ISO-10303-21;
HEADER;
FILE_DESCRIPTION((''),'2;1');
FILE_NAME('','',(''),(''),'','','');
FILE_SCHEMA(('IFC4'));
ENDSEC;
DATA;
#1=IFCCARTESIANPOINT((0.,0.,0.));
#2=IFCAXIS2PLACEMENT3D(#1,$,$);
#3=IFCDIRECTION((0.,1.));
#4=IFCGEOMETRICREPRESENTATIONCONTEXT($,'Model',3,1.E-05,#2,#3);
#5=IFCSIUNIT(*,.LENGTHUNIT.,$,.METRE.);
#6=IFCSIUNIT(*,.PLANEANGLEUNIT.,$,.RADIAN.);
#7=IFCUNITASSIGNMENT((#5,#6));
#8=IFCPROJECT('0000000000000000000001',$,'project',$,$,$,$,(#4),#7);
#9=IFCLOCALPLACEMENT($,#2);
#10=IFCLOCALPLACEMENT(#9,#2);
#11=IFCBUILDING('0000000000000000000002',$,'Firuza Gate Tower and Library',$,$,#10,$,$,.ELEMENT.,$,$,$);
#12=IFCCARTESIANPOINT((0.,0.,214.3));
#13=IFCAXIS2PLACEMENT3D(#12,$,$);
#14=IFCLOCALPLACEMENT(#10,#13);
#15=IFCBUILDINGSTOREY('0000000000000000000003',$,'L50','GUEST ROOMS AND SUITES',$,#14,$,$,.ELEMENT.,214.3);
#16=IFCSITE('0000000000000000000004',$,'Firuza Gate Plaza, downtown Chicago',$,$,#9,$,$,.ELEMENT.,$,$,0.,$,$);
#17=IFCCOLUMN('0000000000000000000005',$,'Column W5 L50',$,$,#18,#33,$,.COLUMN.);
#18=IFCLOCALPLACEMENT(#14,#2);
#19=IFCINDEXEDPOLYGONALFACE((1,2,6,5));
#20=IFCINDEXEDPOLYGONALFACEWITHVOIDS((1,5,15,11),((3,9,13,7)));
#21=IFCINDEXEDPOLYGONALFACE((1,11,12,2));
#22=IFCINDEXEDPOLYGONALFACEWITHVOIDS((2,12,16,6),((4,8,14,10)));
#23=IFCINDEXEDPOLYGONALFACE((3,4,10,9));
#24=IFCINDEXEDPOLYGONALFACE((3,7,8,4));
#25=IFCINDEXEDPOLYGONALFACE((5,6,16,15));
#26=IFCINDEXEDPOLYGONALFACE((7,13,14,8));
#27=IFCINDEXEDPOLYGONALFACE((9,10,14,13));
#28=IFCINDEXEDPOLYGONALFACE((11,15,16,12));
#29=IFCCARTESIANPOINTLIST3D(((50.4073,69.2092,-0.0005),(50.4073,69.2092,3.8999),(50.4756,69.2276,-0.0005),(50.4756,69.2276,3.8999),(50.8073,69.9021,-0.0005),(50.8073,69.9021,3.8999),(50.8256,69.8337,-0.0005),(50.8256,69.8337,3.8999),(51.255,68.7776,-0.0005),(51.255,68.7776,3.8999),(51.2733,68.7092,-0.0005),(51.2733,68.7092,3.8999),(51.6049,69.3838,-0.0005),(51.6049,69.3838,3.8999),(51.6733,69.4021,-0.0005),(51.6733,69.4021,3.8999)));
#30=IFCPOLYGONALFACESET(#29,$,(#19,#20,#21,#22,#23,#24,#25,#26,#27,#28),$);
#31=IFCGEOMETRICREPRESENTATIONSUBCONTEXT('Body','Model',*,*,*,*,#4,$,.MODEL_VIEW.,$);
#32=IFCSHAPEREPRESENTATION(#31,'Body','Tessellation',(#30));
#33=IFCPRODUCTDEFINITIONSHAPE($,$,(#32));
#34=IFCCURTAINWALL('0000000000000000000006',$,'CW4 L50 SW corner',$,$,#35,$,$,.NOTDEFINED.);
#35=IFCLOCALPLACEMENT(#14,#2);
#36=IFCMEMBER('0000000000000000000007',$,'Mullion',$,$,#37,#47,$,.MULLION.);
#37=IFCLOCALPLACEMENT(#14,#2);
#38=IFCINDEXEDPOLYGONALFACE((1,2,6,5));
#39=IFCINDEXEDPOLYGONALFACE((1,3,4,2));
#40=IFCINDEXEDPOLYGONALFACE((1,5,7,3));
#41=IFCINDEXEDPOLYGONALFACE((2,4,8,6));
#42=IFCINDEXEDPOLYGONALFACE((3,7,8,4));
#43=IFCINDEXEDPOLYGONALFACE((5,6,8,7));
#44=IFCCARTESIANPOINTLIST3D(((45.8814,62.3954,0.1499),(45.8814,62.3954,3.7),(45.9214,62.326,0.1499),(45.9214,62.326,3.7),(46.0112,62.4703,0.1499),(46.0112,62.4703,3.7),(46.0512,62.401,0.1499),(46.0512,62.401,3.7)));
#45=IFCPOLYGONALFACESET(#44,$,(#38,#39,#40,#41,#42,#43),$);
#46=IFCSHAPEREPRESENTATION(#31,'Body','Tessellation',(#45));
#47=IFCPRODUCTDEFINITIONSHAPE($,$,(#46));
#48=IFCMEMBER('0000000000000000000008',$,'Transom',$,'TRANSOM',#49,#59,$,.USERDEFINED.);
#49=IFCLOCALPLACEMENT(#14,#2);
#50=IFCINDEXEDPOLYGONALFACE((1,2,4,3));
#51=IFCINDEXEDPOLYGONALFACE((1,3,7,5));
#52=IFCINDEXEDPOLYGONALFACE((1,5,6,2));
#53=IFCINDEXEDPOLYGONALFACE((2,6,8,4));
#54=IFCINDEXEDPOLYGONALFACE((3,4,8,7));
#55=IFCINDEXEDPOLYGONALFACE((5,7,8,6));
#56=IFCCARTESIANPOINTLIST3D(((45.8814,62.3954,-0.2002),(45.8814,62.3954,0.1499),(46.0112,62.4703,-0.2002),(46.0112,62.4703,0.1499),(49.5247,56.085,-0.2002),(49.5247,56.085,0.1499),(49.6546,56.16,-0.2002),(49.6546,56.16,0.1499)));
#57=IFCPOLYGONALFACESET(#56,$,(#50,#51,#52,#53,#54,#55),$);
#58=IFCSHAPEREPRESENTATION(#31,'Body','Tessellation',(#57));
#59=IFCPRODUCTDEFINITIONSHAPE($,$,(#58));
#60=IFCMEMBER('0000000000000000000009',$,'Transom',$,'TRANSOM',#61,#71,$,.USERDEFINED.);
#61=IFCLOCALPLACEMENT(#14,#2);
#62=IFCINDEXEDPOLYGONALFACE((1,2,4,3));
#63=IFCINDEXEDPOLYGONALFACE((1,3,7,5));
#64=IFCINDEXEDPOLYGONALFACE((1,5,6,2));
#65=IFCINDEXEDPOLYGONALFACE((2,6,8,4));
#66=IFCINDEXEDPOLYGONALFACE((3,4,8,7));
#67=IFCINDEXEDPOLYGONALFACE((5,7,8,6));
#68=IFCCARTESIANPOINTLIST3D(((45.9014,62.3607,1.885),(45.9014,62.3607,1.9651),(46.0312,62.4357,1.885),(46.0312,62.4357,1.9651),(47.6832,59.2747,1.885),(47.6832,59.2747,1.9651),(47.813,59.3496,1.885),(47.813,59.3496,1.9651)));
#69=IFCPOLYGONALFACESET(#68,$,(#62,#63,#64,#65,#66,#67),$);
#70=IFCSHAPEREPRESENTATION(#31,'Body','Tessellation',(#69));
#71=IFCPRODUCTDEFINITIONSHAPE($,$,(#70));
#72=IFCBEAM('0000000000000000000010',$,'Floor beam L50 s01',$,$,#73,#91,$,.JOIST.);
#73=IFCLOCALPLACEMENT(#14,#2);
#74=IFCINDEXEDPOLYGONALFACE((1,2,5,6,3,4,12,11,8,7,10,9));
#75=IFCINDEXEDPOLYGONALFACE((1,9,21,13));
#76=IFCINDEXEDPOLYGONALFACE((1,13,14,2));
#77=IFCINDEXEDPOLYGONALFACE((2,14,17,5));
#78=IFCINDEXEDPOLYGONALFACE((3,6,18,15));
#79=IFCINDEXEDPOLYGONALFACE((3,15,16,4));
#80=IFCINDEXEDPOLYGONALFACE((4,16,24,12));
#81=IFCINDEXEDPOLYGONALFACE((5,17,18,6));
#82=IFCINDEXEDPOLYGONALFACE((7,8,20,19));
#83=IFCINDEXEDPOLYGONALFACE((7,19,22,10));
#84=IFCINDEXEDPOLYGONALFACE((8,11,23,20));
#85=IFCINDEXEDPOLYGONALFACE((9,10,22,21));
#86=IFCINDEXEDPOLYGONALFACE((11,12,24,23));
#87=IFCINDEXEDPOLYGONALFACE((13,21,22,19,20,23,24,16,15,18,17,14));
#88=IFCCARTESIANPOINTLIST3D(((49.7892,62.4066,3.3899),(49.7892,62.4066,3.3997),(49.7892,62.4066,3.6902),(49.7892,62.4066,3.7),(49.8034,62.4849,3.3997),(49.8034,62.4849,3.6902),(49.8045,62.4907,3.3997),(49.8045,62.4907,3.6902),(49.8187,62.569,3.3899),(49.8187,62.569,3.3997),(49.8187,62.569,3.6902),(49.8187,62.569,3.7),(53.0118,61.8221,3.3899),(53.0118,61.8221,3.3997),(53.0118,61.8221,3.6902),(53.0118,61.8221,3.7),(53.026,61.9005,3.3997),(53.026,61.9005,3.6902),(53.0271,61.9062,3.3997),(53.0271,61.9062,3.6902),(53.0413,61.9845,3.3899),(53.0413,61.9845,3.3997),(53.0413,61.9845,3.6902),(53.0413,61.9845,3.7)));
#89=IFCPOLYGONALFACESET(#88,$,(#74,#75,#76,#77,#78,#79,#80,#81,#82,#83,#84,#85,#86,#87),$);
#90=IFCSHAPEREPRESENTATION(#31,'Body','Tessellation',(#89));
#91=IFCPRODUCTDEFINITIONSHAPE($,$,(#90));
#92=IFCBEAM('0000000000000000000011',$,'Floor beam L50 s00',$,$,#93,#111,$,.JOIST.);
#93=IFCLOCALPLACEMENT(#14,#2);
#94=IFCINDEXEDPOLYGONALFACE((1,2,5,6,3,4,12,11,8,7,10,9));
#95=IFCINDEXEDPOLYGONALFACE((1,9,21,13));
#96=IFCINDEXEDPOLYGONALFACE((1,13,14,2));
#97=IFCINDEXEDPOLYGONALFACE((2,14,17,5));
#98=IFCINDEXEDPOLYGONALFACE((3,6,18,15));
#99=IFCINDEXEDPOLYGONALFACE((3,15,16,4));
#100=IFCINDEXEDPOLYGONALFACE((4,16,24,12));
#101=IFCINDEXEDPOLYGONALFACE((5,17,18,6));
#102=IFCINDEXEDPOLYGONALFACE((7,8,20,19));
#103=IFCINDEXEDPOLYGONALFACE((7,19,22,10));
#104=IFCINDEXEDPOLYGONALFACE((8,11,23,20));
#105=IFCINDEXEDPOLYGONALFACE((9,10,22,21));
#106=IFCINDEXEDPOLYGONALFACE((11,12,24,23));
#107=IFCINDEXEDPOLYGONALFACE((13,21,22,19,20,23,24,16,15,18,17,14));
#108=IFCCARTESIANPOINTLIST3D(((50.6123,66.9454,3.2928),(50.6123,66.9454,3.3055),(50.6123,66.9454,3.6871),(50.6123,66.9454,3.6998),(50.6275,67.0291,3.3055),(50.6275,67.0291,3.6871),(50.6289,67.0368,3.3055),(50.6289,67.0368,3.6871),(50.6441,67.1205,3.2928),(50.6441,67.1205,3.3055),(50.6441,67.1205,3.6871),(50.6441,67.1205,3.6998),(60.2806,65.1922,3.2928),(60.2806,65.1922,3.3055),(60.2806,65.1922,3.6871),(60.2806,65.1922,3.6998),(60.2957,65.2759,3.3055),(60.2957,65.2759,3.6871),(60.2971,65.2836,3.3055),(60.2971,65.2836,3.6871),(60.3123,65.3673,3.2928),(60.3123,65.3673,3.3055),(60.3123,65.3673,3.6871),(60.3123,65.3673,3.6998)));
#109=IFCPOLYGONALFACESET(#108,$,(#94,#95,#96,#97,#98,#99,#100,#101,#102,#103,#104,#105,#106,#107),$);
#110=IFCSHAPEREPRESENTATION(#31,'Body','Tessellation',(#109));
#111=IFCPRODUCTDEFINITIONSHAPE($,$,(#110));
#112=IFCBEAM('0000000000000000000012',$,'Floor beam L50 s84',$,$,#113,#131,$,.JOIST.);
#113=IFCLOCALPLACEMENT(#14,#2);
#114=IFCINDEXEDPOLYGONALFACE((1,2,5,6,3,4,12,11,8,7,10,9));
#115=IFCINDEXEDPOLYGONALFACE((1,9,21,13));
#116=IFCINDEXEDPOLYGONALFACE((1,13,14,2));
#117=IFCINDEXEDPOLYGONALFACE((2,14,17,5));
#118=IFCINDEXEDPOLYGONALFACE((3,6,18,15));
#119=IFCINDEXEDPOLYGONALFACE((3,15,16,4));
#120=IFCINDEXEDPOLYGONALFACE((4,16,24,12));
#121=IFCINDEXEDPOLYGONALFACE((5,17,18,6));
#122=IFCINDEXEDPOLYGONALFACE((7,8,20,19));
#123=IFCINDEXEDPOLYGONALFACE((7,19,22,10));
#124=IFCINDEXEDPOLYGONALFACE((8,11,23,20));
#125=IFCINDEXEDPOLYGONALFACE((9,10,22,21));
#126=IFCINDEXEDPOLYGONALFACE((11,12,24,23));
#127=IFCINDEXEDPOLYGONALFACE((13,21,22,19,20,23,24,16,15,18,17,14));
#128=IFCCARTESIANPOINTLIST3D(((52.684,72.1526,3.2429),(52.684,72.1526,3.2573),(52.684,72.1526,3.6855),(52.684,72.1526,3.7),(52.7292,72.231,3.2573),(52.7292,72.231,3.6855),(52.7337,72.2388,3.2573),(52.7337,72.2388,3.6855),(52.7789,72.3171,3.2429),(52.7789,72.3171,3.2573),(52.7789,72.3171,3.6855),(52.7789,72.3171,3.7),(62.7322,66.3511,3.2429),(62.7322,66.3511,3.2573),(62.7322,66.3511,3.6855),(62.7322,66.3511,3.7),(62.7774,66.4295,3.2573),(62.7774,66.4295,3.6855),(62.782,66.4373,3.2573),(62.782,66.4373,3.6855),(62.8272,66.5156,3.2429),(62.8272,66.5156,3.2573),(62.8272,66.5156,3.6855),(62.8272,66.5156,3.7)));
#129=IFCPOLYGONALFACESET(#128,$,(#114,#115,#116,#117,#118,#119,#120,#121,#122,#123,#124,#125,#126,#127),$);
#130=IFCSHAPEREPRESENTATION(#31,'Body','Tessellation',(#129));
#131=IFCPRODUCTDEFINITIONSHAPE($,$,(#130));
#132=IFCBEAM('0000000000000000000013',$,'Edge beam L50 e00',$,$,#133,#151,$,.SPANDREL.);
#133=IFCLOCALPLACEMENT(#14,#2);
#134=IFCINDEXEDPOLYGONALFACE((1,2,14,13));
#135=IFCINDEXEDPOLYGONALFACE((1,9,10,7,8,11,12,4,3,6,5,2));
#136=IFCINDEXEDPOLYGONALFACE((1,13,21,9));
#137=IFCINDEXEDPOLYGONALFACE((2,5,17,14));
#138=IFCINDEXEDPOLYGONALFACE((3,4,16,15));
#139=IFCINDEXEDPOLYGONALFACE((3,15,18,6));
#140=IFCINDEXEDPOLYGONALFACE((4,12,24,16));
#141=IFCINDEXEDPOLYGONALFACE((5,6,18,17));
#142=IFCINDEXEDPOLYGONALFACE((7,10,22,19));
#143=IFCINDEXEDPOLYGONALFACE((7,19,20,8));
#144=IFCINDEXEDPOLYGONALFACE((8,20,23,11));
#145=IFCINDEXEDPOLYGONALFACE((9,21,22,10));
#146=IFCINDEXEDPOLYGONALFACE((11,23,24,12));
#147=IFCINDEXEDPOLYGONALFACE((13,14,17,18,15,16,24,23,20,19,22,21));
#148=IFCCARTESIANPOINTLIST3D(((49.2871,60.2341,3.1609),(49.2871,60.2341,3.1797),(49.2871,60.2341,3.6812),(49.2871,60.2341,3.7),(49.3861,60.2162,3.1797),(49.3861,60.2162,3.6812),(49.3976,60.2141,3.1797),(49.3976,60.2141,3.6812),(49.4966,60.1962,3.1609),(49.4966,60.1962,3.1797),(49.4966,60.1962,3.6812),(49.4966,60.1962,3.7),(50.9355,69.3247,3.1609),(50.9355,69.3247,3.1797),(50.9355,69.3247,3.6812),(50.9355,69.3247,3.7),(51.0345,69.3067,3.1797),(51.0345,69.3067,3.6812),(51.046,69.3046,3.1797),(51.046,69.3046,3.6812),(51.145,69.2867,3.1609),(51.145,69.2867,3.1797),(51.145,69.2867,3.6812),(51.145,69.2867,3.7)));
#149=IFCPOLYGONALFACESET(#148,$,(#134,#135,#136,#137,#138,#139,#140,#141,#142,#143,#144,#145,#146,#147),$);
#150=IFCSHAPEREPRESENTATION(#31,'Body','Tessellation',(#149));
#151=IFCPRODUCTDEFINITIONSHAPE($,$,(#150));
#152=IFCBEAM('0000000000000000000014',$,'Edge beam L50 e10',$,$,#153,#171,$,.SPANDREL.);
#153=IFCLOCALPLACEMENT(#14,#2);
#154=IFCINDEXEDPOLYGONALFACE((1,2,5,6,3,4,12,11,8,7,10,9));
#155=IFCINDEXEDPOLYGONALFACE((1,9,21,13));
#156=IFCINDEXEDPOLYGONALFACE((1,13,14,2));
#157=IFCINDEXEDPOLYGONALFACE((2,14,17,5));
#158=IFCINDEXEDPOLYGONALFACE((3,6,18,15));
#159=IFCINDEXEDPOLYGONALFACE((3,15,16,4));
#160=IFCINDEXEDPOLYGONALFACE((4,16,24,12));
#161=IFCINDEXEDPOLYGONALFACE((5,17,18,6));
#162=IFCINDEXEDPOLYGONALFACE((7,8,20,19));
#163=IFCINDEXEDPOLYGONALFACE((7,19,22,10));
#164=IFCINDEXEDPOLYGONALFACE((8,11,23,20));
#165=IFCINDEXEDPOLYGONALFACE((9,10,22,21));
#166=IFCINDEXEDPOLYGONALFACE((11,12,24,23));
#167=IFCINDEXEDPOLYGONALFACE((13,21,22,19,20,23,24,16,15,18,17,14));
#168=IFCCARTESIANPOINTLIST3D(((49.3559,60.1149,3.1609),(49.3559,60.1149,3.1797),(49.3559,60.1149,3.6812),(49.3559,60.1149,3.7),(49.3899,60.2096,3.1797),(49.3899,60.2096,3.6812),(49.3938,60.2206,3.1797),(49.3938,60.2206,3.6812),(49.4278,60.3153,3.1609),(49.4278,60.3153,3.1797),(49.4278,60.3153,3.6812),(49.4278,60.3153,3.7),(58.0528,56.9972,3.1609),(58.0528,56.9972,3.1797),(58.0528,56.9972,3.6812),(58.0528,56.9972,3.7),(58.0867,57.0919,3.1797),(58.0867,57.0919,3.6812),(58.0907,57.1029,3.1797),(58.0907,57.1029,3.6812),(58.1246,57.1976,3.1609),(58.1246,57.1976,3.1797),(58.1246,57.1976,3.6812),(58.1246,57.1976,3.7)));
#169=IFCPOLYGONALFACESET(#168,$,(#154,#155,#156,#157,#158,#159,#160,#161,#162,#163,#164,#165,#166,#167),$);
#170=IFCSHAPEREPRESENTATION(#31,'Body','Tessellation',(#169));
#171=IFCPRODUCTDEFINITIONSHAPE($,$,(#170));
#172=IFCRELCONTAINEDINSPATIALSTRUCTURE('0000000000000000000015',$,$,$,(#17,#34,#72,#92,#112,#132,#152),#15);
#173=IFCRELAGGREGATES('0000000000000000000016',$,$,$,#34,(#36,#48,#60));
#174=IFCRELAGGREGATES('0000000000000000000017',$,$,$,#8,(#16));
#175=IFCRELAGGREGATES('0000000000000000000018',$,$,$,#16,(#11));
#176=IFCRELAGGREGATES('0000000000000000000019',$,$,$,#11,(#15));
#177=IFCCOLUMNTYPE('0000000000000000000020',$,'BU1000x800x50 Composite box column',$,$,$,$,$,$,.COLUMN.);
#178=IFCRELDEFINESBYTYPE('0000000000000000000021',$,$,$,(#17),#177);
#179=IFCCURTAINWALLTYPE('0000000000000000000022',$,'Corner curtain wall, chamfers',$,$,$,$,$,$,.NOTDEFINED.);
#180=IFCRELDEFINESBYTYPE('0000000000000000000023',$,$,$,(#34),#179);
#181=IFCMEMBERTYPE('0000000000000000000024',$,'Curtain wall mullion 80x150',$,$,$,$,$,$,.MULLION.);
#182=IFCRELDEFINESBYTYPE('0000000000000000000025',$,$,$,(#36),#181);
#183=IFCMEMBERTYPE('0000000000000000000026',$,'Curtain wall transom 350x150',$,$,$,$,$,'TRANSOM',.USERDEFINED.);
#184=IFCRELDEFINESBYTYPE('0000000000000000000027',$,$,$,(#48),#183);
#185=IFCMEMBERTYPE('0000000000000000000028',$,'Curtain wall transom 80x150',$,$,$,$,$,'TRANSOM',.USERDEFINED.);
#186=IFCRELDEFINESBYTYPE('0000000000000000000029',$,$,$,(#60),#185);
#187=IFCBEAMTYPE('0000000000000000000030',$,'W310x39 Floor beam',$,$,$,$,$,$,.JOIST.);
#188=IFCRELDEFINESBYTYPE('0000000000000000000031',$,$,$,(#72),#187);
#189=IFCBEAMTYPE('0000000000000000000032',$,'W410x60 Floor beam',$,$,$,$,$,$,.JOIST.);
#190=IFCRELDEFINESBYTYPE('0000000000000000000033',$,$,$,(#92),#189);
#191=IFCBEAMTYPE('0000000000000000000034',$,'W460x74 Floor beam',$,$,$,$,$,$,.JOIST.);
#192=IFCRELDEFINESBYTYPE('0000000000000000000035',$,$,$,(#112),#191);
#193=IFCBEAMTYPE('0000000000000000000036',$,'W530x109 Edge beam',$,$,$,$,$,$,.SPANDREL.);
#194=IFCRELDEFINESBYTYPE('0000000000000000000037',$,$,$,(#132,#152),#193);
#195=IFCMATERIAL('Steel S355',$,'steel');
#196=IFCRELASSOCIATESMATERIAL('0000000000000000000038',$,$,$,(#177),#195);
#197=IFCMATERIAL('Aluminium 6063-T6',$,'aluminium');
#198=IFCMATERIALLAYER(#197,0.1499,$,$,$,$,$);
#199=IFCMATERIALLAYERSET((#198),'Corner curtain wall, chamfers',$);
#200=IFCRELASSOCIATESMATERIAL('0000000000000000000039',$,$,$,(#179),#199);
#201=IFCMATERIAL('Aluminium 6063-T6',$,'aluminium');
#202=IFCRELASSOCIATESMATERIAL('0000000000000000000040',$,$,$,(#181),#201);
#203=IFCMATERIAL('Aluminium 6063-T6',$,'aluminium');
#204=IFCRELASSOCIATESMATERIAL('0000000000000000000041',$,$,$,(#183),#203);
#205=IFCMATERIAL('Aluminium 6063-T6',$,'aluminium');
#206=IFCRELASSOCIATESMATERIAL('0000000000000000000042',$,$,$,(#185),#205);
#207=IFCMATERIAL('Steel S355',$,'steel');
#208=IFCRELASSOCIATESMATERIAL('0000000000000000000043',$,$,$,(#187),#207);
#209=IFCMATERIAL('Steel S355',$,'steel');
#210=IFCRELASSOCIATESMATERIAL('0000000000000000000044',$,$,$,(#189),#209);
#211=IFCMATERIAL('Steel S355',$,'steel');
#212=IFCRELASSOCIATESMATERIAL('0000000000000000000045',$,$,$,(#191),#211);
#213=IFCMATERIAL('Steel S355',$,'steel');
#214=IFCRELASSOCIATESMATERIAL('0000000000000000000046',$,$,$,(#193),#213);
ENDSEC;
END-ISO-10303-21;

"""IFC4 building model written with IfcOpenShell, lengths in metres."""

from ifc_helpers import new_model, si_unit, direction, frame, origin, origin_2d, place, context, subcontext, project, spatial, rectangle, hollow_rectangle, i_section, extrude, material, layer, layer_set, material_profile, profile_set, type_object, element, aggregate, save


model = new_model("IFC4")

# Units and contexts
model_context = context("Model", 3, precision=1e-05, world=origin(), true_north=direction((0.0, 1.0)))
body_context = subcontext(model_context, "Body", "Model", "MODEL_VIEW")
ifc_project = project(units=[si_unit("LENGTHUNIT", "METRE"), si_unit("PLANEANGLEUNIT", "RADIAN")], contexts=[model_context])

# Site, building, storey
site_placement = place(None, origin())
site = spatial("IfcSite", under=ifc_project, at=site_placement, Name="Firuza Gate Plaza, downtown Chicago", CompositionType="ELEMENT", RefElevation=0.0)
building_placement = place(site_placement, origin())
building = spatial("IfcBuilding", under=site, at=building_placement, Name="Firuza Gate Tower and Library", CompositionType="ELEMENT")
storey_placement = place(building_placement, frame((0.0, 0.0, 214.3)))
storey = spatial("IfcBuildingStorey", under=building, at=storey_placement, Name="L50", Description="GUEST ROOMS AND SUITES", CompositionType="ELEMENT", Elevation=214.3)

# Column
ifc_material_1 = material(Name="Steel S355", Category="steel")
ifc_material_profile_1 = material_profile(ifc_material_1, hollow_rectangle(XDim=0.8, YDim=1.0, WallThickness=0.05, at=origin_2d()))
ifc_profile_set_1 = profile_set([ifc_material_profile_1], Name="Steel S355")
column_type = type_object("IfcColumnType", Name="BU1000x800x50 Composite box column", PredefinedType="COLUMN", material=ifc_profile_set_1)
column_placement = place(storey_placement, frame((51.0403, 69.3057, -0.0005), z_axis=(0.0, 0.0, 1.0), x_axis=(-0.5, -0.866025, 0.0)))
element("IfcColumn", 1, at=column_placement, inside=storey, type_object=column_type, Name="Column W5 L50", PredefinedType="COLUMN", context=body_context, shape_type="SweptSolid", body=[
    extrude(hollow_rectangle(XDim=0.8, YDim=1.0, WallThickness=0.05, at=origin_2d()), origin(), (0.0, 0.0, 1.0), 3.9004),
])

# Curtain wall, members
ifc_material_2 = material(Name="Aluminium 6063-T6", Category="aluminium")
ifc_layer_1 = layer(ifc_material_2, 0.1499)
ifc_layer_set_1 = layer_set([ifc_layer_1], Name="Corner curtain wall, chamfers")
curtain_wall_type = type_object("IfcCurtainWallType", Name="Corner curtain wall, chamfers", PredefinedType="NOTDEFINED", material=ifc_layer_set_1)
curtain_wall_placement = place(storey_placement, origin())
curtain_wall = element("IfcCurtainWall", 2, at=curtain_wall_placement, inside=storey, type_object=curtain_wall_type, Name="CW4 L50 SW corner", PredefinedType="NOTDEFINED")
ifc_material_3 = material(Name="Aluminium 6063-T6", Category="aluminium")
ifc_material_profile_2 = material_profile(ifc_material_3, rectangle(XDim=0.1499, YDim=0.0801, at=origin_2d()))
ifc_profile_set_2 = profile_set([ifc_material_profile_2], Name="Aluminium 6063-T6")
member_type_1 = type_object("IfcMemberType", Name="Curtain wall mullion 80x150", PredefinedType="MULLION", material=ifc_profile_set_2)
member_1_placement = place(storey_placement, frame((45.9663, 62.3982, 0.1499), z_axis=(0.0, 0.0, 1.0), x_axis=(0.866025, 0.5, 0.0)))
member_1 = element("IfcMember", 3, at=member_1_placement, type_object=member_type_1, Name="Mullion", PredefinedType="MULLION", context=body_context, shape_type="SweptSolid", body=[
    extrude(rectangle(XDim=0.1499, YDim=0.0801, at=origin_2d()), origin(), (0.0, 0.0, 1.0), 3.55),
])
ifc_material_4 = material(Name="Aluminium 6063-T6", Category="aluminium")
ifc_material_profile_3 = material_profile(ifc_material_4, rectangle(XDim=0.1499, YDim=0.3501, at=origin_2d()))
ifc_profile_set_3 = profile_set([ifc_material_profile_3], Name="Aluminium 6063-T6")
member_type_2 = type_object("IfcMemberType", Name="Curtain wall transom 350x150", ElementType="TRANSOM", PredefinedType="USERDEFINED", material=ifc_profile_set_3)
member_2_placement = place(storey_placement, frame((45.9463, 62.4329, -0.0251), z_axis=(0.500006, -0.866022, 0.0), x_axis=(0.866022, 0.500006, 0.0)))
member_2 = element("IfcMember", 4, at=member_2_placement, type_object=member_type_2, Name="Transom", ObjectType="TRANSOM", PredefinedType="USERDEFINED", context=body_context, shape_type="SweptSolid", body=[
    extrude(rectangle(XDim=0.1499, YDim=0.3501, at=origin_2d()), origin(), (0.0, 0.0, 1.0), 7.2866),
])
ifc_material_5 = material(Name="Aluminium 6063-T6", Category="aluminium")
ifc_material_profile_4 = material_profile(ifc_material_5, rectangle(XDim=0.1499, YDim=0.0801, at=origin_2d()))
ifc_profile_set_4 = profile_set([ifc_material_profile_4], Name="Aluminium 6063-T6")
member_type_3 = type_object("IfcMemberType", Name="Curtain wall transom 80x150", ElementType="TRANSOM", PredefinedType="USERDEFINED", material=ifc_profile_set_4)
member_3_placement = place(storey_placement, frame((45.9663, 62.3982, 1.925), z_axis=(0.500015, -0.866017, 0.0), x_axis=(0.866017, 0.500015, 0.0)))
member_3 = element("IfcMember", 5, at=member_3_placement, type_object=member_type_3, Name="Transom", ObjectType="TRANSOM", PredefinedType="USERDEFINED", context=body_context, shape_type="SweptSolid", body=[
    extrude(rectangle(XDim=0.1499, YDim=0.0801, at=origin_2d()), origin(), (0.0, 0.0, 1.0), 3.5635),
])

# Beams
ifc_material_6 = material(Name="Steel S355", Category="steel")
ifc_material_profile_5 = material_profile(ifc_material_6, i_section(OverallWidth=0.165, OverallDepth=0.3101, WebThickness=0.0059, FlangeThickness=0.0098, at=origin_2d()))
ifc_profile_set_5 = profile_set([ifc_material_profile_5], Name="Steel S355")
beam_type_1 = type_object("IfcBeamType", Name="W310x39 Floor beam", PredefinedType="JOIST", material=ifc_profile_set_5)
beam_1_placement = place(storey_placement, frame((49.804, 62.4878, 3.5449), z_axis=(0.983949, -0.178452, 0.0), x_axis=(0.178452, 0.983949, 0.0)))
element("IfcBeam", 6, at=beam_1_placement, inside=storey, type_object=beam_type_1, Name="Floor beam L50 s01", PredefinedType="JOIST", context=body_context, shape_type="SweptSolid", body=[
    extrude(i_section(OverallWidth=0.165, OverallDepth=0.3101, WebThickness=0.0059, FlangeThickness=0.0098, at=origin_2d()), origin(), (0.0, 0.0, 1.0), 3.2751),
])
ifc_material_7 = material(Name="Steel S355", Category="steel")
ifc_material_profile_6 = material_profile(ifc_material_7, i_section(OverallWidth=0.178, OverallDepth=0.407, WebThickness=0.0078, FlangeThickness=0.0127, at=origin_2d()))
ifc_profile_set_6 = profile_set([ifc_material_profile_6], Name="Steel S355")
beam_type_2 = type_object("IfcBeamType", Name="W410x60 Floor beam", PredefinedType="JOIST", material=ifc_profile_set_6)
beam_2_placement = place(storey_placement, frame((50.6282, 67.033, 3.4963), z_axis=(0.983954, -0.178424, 0.0), x_axis=(0.178424, 0.983954, 0.0)))
element("IfcBeam", 7, at=beam_2_placement, inside=storey, type_object=beam_type_2, Name="Floor beam L50 s00", PredefinedType="JOIST", context=body_context, shape_type="SweptSolid", body=[
    extrude(i_section(OverallWidth=0.178, OverallDepth=0.407, WebThickness=0.0078, FlangeThickness=0.0127, at=origin_2d()), origin(), (0.0, 0.0, 1.0), 9.8259),
])
ifc_material_8 = material(Name="Steel S355", Category="steel")
ifc_material_profile_7 = material_profile(ifc_material_8, i_section(OverallWidth=0.1899, OverallDepth=0.457, WebThickness=0.009, FlangeThickness=0.0144, at=origin_2d()))
ifc_profile_set_7 = profile_set([ifc_material_profile_7], Name="Steel S355")
beam_type_3 = type_object("IfcBeamType", Name="W460x74 Floor beam", PredefinedType="JOIST", material=ifc_profile_set_7)
beam_3_placement = place(storey_placement, frame((52.7314, 72.2349, 3.4714), z_axis=(0.866022, -0.500007, 0.0), x_axis=(0.500007, 0.866022, 0.0)))
element("IfcBeam", 8, at=beam_3_placement, inside=storey, type_object=beam_type_3, Name="Floor beam L50 s84", PredefinedType="JOIST", context=body_context, shape_type="SweptSolid", body=[
    extrude(i_section(OverallWidth=0.1899, OverallDepth=0.457, WebThickness=0.009, FlangeThickness=0.0144, at=origin_2d()), origin(), (0.0, 0.0, 1.0), 11.6028),
])
ifc_material_9 = material(Name="Steel S355", Category="steel")
ifc_material_profile_8 = material_profile(ifc_material_9, i_section(OverallWidth=0.2129, OverallDepth=0.5391, WebThickness=0.0117, FlangeThickness=0.0188, at=origin_2d()))
ifc_profile_set_8 = profile_set([ifc_material_profile_8], Name="Steel S355")
beam_type_4 = type_object("IfcBeamType", Name="W530x109 Edge beam", PredefinedType="SPANDREL", material=ifc_profile_set_8)
for number, where, z_axis, x_axis, name in (
    (9, (51.0403, 69.3057, 3.4304), (-0.178425, -0.983954, 0.0), (0.983954, -0.178425, 0.0), "Edge beam L50 e00"),
    (10, (49.3918, 60.2151, 3.4304), (0.941341, -0.337458, 0.0), (0.337458, 0.941341, 0.0), "Edge beam L50 e10"),
):
    element("IfcBeam", number, at=place(storey_placement, frame(where, z_axis=z_axis, x_axis=x_axis)), inside=storey, type_object=beam_type_4, Name=name, PredefinedType="SPANDREL", context=body_context, shape_type="SweptSolid", body=[
        extrude(i_section(OverallWidth=0.2129, OverallDepth=0.5391, WebThickness=0.0117, FlangeThickness=0.0188, at=origin_2d()), origin(), (0.0, 0.0, 1.0), 9.2388),
    ])

aggregate(curtain_wall, [member_1, member_2, member_3])

save(model, "model.ifc")
